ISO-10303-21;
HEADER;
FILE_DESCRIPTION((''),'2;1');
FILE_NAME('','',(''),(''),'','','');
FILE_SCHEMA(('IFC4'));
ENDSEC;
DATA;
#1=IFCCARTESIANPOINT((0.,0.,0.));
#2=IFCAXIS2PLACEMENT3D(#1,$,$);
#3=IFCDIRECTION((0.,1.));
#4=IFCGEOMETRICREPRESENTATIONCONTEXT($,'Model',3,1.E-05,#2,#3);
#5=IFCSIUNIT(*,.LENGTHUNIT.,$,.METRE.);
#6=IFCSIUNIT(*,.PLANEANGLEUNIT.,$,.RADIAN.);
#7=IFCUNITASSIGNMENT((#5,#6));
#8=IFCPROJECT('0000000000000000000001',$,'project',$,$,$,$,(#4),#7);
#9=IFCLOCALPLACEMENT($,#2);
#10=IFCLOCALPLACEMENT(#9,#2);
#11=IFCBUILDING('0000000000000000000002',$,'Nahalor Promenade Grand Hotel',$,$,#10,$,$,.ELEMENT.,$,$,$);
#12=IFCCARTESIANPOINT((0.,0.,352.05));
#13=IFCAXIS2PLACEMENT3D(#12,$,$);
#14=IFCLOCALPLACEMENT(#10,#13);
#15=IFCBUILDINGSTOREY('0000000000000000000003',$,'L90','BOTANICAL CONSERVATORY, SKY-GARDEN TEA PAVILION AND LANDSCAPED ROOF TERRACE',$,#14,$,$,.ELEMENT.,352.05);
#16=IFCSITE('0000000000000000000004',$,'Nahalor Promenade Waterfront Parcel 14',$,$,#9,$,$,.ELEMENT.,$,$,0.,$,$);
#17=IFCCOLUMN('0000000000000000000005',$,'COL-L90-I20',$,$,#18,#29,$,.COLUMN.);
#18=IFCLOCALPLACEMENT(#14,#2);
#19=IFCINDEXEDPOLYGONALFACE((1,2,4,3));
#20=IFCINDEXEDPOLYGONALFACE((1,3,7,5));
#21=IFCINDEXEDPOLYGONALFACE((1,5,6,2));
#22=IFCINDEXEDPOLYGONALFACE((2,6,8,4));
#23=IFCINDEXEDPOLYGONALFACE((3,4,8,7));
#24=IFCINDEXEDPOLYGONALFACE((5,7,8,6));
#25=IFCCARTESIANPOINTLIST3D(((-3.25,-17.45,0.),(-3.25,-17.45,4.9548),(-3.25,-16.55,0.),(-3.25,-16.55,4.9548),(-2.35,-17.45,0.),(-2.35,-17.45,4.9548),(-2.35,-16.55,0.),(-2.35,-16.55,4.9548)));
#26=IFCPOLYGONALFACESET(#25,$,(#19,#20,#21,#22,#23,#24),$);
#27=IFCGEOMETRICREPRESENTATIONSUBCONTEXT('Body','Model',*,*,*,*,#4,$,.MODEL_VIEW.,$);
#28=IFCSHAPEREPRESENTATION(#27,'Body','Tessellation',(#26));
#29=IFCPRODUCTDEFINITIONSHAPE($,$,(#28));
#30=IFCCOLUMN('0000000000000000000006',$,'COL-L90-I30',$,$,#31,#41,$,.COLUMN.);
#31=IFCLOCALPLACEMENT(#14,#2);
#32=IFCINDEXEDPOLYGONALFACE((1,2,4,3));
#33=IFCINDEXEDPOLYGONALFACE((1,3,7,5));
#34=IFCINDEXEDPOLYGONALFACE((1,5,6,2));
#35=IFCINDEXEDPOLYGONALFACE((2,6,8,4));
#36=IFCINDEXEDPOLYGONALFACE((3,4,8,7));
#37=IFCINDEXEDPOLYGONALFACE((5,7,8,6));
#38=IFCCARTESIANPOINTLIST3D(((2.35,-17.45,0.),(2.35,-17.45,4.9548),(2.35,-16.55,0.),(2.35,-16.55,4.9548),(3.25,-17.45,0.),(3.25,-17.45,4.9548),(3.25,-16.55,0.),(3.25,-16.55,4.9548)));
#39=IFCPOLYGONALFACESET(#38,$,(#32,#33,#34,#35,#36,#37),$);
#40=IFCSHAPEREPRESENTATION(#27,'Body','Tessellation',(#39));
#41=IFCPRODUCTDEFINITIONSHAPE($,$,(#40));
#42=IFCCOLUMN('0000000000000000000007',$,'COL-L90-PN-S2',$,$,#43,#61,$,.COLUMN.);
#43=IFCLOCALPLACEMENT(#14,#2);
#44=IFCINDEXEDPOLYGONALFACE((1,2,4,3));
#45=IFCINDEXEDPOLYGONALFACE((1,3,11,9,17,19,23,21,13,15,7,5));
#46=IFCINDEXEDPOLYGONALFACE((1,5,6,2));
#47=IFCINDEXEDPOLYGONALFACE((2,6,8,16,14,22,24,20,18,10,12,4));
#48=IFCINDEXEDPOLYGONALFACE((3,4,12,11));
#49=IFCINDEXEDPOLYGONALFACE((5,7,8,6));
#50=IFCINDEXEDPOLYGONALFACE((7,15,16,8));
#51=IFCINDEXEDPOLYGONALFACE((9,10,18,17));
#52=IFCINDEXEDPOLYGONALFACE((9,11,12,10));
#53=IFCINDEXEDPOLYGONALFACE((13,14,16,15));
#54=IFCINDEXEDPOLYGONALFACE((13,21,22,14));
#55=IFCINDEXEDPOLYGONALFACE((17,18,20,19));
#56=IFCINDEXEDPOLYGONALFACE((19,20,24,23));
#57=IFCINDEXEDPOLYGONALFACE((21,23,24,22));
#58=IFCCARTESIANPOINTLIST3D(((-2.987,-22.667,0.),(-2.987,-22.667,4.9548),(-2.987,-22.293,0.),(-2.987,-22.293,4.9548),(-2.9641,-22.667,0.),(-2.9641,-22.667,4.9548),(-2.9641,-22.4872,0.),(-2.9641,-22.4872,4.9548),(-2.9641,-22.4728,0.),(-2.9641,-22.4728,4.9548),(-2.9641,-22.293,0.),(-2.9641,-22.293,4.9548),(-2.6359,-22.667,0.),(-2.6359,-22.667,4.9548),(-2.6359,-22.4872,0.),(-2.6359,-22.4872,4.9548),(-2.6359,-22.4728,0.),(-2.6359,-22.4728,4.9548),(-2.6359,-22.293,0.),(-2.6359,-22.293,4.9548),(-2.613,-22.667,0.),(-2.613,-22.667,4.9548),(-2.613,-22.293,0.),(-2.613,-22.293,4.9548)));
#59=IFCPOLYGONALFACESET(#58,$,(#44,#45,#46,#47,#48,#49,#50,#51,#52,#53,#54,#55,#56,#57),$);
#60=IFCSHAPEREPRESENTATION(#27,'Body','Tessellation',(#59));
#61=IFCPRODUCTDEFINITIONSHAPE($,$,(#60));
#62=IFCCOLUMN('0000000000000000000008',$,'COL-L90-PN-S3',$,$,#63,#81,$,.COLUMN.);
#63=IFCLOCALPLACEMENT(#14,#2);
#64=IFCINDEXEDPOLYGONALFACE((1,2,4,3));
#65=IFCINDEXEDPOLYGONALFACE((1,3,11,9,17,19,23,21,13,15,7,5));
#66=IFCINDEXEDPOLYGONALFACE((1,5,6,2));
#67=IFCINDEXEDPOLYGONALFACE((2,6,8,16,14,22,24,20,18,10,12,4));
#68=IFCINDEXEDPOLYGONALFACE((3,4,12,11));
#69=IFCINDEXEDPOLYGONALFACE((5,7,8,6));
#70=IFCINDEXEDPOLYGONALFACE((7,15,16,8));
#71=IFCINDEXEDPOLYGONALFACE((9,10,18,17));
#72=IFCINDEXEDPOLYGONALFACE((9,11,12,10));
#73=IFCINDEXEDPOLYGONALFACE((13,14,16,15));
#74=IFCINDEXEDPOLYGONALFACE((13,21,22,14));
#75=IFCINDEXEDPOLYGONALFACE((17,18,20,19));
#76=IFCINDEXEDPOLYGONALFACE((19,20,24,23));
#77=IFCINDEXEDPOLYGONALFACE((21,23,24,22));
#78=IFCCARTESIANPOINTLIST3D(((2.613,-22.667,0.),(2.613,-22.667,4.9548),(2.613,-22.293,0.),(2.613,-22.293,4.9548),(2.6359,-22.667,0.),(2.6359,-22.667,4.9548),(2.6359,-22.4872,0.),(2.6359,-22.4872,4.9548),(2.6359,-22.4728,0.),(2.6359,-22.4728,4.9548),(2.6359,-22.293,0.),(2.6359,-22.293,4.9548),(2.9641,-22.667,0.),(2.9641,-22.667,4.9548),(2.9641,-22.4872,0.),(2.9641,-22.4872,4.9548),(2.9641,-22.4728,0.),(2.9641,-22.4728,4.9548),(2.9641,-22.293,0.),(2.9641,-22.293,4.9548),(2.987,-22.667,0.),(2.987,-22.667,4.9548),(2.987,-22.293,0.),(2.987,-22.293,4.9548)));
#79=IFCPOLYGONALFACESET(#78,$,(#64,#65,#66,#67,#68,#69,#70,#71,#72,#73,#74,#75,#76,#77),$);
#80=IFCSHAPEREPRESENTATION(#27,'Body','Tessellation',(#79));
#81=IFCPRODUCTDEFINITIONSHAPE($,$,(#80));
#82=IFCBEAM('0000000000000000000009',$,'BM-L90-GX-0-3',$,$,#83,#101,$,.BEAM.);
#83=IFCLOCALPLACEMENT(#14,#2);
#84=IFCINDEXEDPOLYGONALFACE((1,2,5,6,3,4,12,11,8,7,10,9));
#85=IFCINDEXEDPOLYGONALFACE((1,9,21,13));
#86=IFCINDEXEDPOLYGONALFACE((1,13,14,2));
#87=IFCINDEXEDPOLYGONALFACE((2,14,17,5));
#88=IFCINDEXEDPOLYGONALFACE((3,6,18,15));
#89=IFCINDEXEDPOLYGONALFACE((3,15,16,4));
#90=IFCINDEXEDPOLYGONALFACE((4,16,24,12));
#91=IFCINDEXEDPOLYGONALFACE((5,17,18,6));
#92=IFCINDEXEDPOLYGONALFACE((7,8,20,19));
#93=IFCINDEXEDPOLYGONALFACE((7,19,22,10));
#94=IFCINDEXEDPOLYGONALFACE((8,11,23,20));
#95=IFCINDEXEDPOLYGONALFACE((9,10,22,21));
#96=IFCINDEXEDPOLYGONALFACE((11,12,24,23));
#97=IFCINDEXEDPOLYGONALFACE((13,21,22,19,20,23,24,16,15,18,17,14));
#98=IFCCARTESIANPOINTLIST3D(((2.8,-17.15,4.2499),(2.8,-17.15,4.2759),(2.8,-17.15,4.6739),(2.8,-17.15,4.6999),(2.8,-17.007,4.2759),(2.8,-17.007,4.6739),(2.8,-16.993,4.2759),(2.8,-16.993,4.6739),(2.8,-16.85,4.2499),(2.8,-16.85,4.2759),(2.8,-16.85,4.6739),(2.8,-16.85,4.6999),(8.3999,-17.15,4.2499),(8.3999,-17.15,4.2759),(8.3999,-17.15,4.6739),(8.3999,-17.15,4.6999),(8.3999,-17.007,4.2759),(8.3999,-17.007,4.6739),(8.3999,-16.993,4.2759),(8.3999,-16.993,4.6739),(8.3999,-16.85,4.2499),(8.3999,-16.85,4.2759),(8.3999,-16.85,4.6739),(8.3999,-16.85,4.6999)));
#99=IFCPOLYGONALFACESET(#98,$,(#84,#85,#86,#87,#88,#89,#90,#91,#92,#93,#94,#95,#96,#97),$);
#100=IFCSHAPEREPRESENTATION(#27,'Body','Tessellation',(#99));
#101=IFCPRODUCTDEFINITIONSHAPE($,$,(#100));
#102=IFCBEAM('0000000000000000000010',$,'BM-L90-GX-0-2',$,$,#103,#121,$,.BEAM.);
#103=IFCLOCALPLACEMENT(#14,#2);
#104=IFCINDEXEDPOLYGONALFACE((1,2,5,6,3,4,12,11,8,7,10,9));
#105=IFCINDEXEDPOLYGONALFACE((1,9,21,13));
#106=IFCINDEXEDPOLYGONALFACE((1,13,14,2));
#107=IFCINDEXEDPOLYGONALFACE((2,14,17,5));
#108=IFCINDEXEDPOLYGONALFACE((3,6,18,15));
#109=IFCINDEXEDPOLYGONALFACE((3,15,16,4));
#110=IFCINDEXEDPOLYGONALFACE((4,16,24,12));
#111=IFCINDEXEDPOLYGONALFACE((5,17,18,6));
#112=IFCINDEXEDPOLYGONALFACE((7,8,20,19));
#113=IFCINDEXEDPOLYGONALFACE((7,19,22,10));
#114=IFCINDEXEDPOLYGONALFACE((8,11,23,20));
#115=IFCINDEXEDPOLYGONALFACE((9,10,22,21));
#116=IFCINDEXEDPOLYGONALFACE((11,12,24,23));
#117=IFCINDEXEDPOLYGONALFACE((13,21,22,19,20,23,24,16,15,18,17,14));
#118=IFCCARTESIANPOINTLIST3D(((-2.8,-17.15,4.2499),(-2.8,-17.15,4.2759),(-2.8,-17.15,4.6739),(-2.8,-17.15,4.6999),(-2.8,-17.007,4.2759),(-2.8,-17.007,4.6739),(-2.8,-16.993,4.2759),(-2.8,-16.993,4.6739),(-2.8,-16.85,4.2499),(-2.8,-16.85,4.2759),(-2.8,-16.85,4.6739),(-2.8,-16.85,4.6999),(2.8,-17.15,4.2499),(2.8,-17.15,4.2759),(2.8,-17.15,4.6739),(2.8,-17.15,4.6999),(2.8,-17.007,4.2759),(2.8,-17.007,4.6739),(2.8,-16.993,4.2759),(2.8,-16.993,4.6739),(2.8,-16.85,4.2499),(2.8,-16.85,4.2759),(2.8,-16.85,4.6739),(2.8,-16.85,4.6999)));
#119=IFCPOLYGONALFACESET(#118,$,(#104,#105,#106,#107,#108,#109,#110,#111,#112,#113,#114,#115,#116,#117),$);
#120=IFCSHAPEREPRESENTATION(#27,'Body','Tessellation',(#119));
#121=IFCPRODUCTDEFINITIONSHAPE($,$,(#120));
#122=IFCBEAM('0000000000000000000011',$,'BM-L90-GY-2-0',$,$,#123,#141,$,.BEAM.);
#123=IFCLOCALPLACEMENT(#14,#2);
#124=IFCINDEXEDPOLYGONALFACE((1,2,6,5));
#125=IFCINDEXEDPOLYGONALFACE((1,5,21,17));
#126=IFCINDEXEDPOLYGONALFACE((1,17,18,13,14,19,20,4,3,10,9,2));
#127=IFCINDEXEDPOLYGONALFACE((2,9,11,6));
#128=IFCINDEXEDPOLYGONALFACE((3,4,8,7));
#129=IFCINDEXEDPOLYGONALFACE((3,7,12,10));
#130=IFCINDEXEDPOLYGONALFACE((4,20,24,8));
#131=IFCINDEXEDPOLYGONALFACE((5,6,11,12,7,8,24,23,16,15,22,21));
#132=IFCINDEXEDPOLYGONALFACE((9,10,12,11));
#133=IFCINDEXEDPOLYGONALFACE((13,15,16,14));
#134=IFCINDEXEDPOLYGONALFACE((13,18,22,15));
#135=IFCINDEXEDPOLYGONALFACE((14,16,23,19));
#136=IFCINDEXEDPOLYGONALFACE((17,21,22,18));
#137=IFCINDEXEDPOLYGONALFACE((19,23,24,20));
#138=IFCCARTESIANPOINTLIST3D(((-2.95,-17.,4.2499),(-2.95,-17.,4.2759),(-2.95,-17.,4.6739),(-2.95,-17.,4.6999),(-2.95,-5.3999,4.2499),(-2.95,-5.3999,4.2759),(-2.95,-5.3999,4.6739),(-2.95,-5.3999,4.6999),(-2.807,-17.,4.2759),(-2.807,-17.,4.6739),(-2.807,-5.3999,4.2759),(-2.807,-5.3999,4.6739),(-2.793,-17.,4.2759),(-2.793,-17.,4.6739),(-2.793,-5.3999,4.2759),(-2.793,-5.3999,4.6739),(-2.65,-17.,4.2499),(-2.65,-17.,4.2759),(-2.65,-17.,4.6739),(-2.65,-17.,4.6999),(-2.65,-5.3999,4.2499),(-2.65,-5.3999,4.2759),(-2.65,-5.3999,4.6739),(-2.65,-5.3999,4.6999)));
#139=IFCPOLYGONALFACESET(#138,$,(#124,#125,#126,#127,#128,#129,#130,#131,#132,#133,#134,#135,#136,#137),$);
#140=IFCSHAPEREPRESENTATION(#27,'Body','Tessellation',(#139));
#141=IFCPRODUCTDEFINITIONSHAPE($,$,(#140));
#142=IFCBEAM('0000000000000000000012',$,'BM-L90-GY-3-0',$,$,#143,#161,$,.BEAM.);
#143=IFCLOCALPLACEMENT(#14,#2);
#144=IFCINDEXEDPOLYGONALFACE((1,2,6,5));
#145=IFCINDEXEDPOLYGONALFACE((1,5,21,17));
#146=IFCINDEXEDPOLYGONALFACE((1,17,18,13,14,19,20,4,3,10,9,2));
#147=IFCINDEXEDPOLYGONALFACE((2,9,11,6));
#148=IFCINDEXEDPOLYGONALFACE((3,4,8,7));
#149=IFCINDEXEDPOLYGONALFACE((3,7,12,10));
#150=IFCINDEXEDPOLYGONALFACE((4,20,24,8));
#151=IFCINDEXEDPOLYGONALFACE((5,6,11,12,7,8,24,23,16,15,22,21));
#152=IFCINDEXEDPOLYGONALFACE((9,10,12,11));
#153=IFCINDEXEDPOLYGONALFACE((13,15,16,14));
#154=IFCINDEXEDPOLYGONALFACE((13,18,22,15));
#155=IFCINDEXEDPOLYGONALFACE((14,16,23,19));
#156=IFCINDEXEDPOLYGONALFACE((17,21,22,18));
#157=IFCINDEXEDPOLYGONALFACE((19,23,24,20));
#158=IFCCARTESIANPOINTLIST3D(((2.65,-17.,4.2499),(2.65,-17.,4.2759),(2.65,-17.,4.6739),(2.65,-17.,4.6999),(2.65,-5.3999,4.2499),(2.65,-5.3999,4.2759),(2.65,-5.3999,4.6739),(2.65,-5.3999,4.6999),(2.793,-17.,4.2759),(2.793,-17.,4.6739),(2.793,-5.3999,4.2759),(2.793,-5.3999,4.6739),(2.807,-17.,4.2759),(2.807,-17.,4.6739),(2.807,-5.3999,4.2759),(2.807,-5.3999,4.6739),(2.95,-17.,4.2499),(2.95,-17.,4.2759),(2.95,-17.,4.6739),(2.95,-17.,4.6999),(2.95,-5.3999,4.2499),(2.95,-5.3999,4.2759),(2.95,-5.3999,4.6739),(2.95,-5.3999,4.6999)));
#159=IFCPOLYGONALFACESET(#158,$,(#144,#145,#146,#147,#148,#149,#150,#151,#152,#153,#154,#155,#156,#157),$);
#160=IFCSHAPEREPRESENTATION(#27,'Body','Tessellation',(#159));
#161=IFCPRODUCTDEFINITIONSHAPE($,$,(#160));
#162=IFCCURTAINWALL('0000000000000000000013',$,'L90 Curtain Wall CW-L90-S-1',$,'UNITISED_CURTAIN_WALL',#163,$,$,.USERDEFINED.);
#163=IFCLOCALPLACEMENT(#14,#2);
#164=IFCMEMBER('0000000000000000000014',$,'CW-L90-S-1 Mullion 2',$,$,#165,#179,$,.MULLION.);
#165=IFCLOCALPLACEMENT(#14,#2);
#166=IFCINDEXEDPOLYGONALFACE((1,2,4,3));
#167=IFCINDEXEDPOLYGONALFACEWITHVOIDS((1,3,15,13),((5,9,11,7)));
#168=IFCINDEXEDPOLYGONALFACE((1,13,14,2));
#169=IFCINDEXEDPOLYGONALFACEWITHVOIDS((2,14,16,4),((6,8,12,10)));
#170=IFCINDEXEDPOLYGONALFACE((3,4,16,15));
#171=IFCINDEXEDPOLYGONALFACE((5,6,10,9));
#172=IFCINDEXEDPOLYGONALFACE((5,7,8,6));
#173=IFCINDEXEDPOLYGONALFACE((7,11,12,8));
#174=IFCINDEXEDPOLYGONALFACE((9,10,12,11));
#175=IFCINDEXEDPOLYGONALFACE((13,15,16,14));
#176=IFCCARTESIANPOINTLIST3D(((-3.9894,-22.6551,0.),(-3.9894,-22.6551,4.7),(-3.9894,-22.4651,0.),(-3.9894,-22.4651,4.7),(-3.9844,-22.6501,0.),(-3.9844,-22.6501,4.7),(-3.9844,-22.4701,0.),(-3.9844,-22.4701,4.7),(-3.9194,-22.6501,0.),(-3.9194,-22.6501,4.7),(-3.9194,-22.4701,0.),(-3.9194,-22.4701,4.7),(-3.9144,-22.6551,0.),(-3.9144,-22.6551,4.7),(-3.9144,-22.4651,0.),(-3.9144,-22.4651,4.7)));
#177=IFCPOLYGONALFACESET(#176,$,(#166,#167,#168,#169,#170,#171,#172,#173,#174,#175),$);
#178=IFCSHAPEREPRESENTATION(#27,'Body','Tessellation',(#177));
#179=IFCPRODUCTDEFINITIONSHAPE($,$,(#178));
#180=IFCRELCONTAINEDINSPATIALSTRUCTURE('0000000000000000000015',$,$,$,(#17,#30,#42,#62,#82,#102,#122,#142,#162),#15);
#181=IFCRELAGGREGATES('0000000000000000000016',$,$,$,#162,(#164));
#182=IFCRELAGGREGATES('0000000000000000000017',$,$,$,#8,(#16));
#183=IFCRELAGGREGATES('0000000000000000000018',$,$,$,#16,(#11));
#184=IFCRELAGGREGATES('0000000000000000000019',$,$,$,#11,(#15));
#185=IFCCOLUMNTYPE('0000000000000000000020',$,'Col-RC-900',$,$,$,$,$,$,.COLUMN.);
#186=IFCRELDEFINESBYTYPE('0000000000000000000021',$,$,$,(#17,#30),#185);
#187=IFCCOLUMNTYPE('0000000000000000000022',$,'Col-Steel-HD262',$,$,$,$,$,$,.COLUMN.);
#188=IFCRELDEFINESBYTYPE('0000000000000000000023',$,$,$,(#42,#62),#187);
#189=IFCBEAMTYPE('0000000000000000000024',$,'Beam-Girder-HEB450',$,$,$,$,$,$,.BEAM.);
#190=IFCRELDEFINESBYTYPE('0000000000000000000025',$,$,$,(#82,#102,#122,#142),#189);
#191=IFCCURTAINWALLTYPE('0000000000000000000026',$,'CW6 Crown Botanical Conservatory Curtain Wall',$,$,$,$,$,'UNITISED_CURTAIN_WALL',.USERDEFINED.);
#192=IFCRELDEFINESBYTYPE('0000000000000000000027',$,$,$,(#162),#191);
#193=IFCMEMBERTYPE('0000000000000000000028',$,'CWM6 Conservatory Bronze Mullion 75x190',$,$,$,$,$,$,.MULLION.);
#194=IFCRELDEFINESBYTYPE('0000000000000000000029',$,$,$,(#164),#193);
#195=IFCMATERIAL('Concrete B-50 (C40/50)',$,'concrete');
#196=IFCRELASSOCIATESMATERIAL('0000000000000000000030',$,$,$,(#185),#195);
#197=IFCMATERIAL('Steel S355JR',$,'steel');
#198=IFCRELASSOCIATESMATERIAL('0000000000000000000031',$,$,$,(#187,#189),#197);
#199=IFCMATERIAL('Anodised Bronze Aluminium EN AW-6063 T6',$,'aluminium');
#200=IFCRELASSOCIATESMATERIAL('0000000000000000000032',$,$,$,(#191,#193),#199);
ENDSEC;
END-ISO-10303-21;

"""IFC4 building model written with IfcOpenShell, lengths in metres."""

from ifc_helpers import new_model, si_unit, direction, frame, origin, origin_2d, place, context, subcontext, project, spatial, rectangle, hollow_rectangle, i_section, extrude, source, transform, mapped, material, material_profile, profile_set, type_object, element, aggregate, save


model = new_model("IFC4")

# Units and contexts
model_context = context("Model", 3, precision=1e-05, world=origin(), true_north=direction((0.0, 1.0)))
body_context = subcontext(model_context, "Body", "Model", "MODEL_VIEW")
ifc_project = project(units=[si_unit("LENGTHUNIT", "METRE"), si_unit("PLANEANGLEUNIT", "RADIAN")], contexts=[model_context])

# Site, building, storey
site_placement = place(None, origin())
site = spatial("IfcSite", under=ifc_project, at=site_placement, Name="Nahalor Promenade Waterfront Parcel 14", CompositionType="ELEMENT", RefElevation=0.0)
building_placement = place(site_placement, origin())
building = spatial("IfcBuilding", under=site, at=building_placement, Name="Nahalor Promenade Grand Hotel", CompositionType="ELEMENT")
storey_placement = place(building_placement, frame((0.0, 0.0, 352.05)))
storey = spatial("IfcBuildingStorey", under=building, at=storey_placement, Name="L90", Description="BOTANICAL CONSERVATORY, SKY-GARDEN TEA PAVILION AND LANDSCAPED ROOF TERRACE", CompositionType="ELEMENT", Elevation=352.05)

# Columns
ifc_material_1 = material(Name="Concrete B-50 (C40/50)", Category="concrete")
ifc_material_profile_1 = material_profile(ifc_material_1, rectangle(XDim=0.9, YDim=0.9, at=origin_2d()), Name="RC 900x900")
ifc_profile_set_1 = profile_set([ifc_material_profile_1], Name="Concrete B-50 (C40/50)")
column_type_1 = type_object("IfcColumnType", Name="Col-RC-900", PredefinedType="COLUMN", material=ifc_profile_set_1)
shared_shape_1 = source(origin(), body_context, "Body", "SweptSolid", [
    extrude(rectangle(XDim=0.9, YDim=0.9, at=origin_2d()), origin(), (0.0, 0.0, 1.0), 4.9548),
])
for number, where, z_axis, x_axis, name in (
    (1, (-2.8, -17.0, 0.0), (0.0, 0.0, 1.0), (1.0, 0.0, 0.0), "COL-L90-I20"),
    (2, (2.8, -17.0, 0.0), (0.0, 0.0, 1.0), (1.0, 0.0, 0.0), "COL-L90-I30"),
):
    element("IfcColumn", number, at=place(storey_placement, frame(where, z_axis=z_axis, x_axis=x_axis)), inside=storey, type_object=column_type_1, Name=name, PredefinedType="COLUMN", context=body_context, shape_type="MappedRepresentation", body=[
        mapped(shared_shape_1, transform((0.0, 0.0, 0.0), scale=1.0)),
    ])
ifc_material_2 = material(Name="Steel S355JR", Category="steel")
ifc_material_profile_2 = material_profile(ifc_material_2, i_section(OverallWidth=0.374, OverallDepth=0.374, WebThickness=0.0144, FlangeThickness=0.0229, at=origin_2d()), Name="HD 360x262")
ifc_profile_set_2 = profile_set([ifc_material_profile_2], Name="Steel S355JR")
column_type_2 = type_object("IfcColumnType", Name="Col-Steel-HD262", PredefinedType="COLUMN", material=ifc_profile_set_2)
shared_shape_2 = source(origin(), body_context, "Body", "SweptSolid", [
    extrude(i_section(OverallWidth=0.374, OverallDepth=0.374, WebThickness=0.0144, FlangeThickness=0.0229, at=origin_2d()), origin(), (0.0, 0.0, 1.0), 4.9548),
])
for number, where, z_axis, x_axis, name in (
    (3, (-2.8, -22.48, 0.0), (0.0, 0.0, 1.0), (0.0, 1.0, 0.0), "COL-L90-PN-S2"),
    (4, (2.8, -22.48, 0.0), (0.0, 0.0, 1.0), (0.0, 1.0, 0.0), "COL-L90-PN-S3"),
):
    element("IfcColumn", number, at=place(storey_placement, frame(where, z_axis=z_axis, x_axis=x_axis)), inside=storey, type_object=column_type_2, Name=name, PredefinedType="COLUMN", context=body_context, shape_type="MappedRepresentation", body=[
        mapped(shared_shape_2, transform((0.0, 0.0, 0.0), scale=1.0)),
    ])

# Beams
ifc_material_profile_3 = material_profile(ifc_material_2, i_section(OverallWidth=0.3, OverallDepth=0.45, WebThickness=0.014, FlangeThickness=0.026, at=origin_2d()), Name="HEB 450")
ifc_profile_set_3 = profile_set([ifc_material_profile_3], Name="Steel S355JR")
beam_type = type_object("IfcBeamType", Name="Beam-Girder-HEB450", PredefinedType="BEAM", material=ifc_profile_set_3)
shared_shape_3 = source(origin(), body_context, "Body", "SweptSolid", [
    extrude(i_section(OverallWidth=0.3, OverallDepth=0.45, WebThickness=0.014, FlangeThickness=0.026, at=origin_2d()), origin(), (0.0, 0.0, 1.0), 5.5999),
])
beam_1_placement = place(storey_placement, frame((2.8, -17.0, 4.4749), z_axis=(1.0, 0.0, 0.0), x_axis=(0.0, 1.0, 0.0)))
element("IfcBeam", 5, at=beam_1_placement, inside=storey, type_object=beam_type, Name="BM-L90-GX-0-3", PredefinedType="BEAM", context=body_context, shape_type="MappedRepresentation", body=[
    mapped(shared_shape_3, transform((0.0, 0.0, 0.0), scale=1.0)),
])
shared_shape_4 = source(origin(), body_context, "Body", "SweptSolid", [
    extrude(i_section(OverallWidth=0.3, OverallDepth=0.45, WebThickness=0.014, FlangeThickness=0.026, at=origin_2d()), origin(), (0.0, 0.0, 1.0), 5.6001),
])
beam_2_placement = place(storey_placement, frame((-2.8, -17.0, 4.4749), z_axis=(1.0, 0.0, 0.0), x_axis=(0.0, 1.0, 0.0)))
element("IfcBeam", 6, at=beam_2_placement, inside=storey, type_object=beam_type, Name="BM-L90-GX-0-2", PredefinedType="BEAM", context=body_context, shape_type="MappedRepresentation", body=[
    mapped(shared_shape_4, transform((0.0, 0.0, 0.0), scale=1.0)),
])
shared_shape_5 = source(origin(), body_context, "Body", "SweptSolid", [
    extrude(i_section(OverallWidth=0.3, OverallDepth=0.45, WebThickness=0.014, FlangeThickness=0.026, at=origin_2d()), origin(), (0.0, 0.0, 1.0), 11.6001),
])
for number, where, z_axis, x_axis, name in (
    (7, (-2.8, -17.0, 4.4749), (0.0, 1.0, 0.0), (-1.0, 0.0, 0.0), "BM-L90-GY-2-0"),
    (8, (2.8, -17.0, 4.4749), (0.0, 1.0, 0.0), (-1.0, 0.0, 0.0), "BM-L90-GY-3-0"),
):
    element("IfcBeam", number, at=place(storey_placement, frame(where, z_axis=z_axis, x_axis=x_axis)), inside=storey, type_object=beam_type, Name=name, PredefinedType="BEAM", context=body_context, shape_type="MappedRepresentation", body=[
        mapped(shared_shape_5, transform((0.0, 0.0, 0.0), scale=1.0)),
    ])

# Curtain wall, member
ifc_material_3 = material(Name="Anodised Bronze Aluminium EN AW-6063 T6", Category="aluminium")
curtain_wall_type = type_object("IfcCurtainWallType", Name="CW6 Crown Botanical Conservatory Curtain Wall", ElementType="UNITISED_CURTAIN_WALL", PredefinedType="USERDEFINED", material=ifc_material_3)
curtain_wall_placement = place(storey_placement, origin())
curtain_wall = element("IfcCurtainWall", 9, at=curtain_wall_placement, inside=storey, type_object=curtain_wall_type, Name="L90 Curtain Wall CW-L90-S-1", ObjectType="UNITISED_CURTAIN_WALL", PredefinedType="USERDEFINED")
ifc_material_profile_4 = material_profile(ifc_material_3, hollow_rectangle(XDim=0.075, YDim=0.19, WallThickness=0.005, at=origin_2d()), Name="CWM 75x190x5")
ifc_profile_set_4 = profile_set([ifc_material_profile_4], Name="Anodised Bronze Aluminium EN AW-6063 T6")
member_type_1 = type_object("IfcMemberType", Name="CWM6 Conservatory Bronze Mullion 75x190", PredefinedType="MULLION", material=ifc_profile_set_4)
shared_shape_6 = source(origin(), body_context, "Body", "SweptSolid", [
    extrude(hollow_rectangle(XDim=0.075, YDim=0.19, WallThickness=0.005, at=origin_2d()), origin(), (0.0, 0.0, 1.0), 4.7),
])
member_1_placement = place(storey_placement, frame((-3.9519, -22.5601, 0.0), z_axis=(0.0, 0.0, 1.0), x_axis=(1.0, 0.0, 0.0)))
member_1 = element("IfcMember", 10, at=member_1_placement, type_object=member_type_1, Name="CW-L90-S-1 Mullion 2", PredefinedType="MULLION", context=body_context, shape_type="MappedRepresentation", body=[
    mapped(shared_shape_6, transform((0.0, 0.0, 0.0), scale=1.0)),
])
aggregate(curtain_wall, [member_1])

save(model, "model.ifc")
